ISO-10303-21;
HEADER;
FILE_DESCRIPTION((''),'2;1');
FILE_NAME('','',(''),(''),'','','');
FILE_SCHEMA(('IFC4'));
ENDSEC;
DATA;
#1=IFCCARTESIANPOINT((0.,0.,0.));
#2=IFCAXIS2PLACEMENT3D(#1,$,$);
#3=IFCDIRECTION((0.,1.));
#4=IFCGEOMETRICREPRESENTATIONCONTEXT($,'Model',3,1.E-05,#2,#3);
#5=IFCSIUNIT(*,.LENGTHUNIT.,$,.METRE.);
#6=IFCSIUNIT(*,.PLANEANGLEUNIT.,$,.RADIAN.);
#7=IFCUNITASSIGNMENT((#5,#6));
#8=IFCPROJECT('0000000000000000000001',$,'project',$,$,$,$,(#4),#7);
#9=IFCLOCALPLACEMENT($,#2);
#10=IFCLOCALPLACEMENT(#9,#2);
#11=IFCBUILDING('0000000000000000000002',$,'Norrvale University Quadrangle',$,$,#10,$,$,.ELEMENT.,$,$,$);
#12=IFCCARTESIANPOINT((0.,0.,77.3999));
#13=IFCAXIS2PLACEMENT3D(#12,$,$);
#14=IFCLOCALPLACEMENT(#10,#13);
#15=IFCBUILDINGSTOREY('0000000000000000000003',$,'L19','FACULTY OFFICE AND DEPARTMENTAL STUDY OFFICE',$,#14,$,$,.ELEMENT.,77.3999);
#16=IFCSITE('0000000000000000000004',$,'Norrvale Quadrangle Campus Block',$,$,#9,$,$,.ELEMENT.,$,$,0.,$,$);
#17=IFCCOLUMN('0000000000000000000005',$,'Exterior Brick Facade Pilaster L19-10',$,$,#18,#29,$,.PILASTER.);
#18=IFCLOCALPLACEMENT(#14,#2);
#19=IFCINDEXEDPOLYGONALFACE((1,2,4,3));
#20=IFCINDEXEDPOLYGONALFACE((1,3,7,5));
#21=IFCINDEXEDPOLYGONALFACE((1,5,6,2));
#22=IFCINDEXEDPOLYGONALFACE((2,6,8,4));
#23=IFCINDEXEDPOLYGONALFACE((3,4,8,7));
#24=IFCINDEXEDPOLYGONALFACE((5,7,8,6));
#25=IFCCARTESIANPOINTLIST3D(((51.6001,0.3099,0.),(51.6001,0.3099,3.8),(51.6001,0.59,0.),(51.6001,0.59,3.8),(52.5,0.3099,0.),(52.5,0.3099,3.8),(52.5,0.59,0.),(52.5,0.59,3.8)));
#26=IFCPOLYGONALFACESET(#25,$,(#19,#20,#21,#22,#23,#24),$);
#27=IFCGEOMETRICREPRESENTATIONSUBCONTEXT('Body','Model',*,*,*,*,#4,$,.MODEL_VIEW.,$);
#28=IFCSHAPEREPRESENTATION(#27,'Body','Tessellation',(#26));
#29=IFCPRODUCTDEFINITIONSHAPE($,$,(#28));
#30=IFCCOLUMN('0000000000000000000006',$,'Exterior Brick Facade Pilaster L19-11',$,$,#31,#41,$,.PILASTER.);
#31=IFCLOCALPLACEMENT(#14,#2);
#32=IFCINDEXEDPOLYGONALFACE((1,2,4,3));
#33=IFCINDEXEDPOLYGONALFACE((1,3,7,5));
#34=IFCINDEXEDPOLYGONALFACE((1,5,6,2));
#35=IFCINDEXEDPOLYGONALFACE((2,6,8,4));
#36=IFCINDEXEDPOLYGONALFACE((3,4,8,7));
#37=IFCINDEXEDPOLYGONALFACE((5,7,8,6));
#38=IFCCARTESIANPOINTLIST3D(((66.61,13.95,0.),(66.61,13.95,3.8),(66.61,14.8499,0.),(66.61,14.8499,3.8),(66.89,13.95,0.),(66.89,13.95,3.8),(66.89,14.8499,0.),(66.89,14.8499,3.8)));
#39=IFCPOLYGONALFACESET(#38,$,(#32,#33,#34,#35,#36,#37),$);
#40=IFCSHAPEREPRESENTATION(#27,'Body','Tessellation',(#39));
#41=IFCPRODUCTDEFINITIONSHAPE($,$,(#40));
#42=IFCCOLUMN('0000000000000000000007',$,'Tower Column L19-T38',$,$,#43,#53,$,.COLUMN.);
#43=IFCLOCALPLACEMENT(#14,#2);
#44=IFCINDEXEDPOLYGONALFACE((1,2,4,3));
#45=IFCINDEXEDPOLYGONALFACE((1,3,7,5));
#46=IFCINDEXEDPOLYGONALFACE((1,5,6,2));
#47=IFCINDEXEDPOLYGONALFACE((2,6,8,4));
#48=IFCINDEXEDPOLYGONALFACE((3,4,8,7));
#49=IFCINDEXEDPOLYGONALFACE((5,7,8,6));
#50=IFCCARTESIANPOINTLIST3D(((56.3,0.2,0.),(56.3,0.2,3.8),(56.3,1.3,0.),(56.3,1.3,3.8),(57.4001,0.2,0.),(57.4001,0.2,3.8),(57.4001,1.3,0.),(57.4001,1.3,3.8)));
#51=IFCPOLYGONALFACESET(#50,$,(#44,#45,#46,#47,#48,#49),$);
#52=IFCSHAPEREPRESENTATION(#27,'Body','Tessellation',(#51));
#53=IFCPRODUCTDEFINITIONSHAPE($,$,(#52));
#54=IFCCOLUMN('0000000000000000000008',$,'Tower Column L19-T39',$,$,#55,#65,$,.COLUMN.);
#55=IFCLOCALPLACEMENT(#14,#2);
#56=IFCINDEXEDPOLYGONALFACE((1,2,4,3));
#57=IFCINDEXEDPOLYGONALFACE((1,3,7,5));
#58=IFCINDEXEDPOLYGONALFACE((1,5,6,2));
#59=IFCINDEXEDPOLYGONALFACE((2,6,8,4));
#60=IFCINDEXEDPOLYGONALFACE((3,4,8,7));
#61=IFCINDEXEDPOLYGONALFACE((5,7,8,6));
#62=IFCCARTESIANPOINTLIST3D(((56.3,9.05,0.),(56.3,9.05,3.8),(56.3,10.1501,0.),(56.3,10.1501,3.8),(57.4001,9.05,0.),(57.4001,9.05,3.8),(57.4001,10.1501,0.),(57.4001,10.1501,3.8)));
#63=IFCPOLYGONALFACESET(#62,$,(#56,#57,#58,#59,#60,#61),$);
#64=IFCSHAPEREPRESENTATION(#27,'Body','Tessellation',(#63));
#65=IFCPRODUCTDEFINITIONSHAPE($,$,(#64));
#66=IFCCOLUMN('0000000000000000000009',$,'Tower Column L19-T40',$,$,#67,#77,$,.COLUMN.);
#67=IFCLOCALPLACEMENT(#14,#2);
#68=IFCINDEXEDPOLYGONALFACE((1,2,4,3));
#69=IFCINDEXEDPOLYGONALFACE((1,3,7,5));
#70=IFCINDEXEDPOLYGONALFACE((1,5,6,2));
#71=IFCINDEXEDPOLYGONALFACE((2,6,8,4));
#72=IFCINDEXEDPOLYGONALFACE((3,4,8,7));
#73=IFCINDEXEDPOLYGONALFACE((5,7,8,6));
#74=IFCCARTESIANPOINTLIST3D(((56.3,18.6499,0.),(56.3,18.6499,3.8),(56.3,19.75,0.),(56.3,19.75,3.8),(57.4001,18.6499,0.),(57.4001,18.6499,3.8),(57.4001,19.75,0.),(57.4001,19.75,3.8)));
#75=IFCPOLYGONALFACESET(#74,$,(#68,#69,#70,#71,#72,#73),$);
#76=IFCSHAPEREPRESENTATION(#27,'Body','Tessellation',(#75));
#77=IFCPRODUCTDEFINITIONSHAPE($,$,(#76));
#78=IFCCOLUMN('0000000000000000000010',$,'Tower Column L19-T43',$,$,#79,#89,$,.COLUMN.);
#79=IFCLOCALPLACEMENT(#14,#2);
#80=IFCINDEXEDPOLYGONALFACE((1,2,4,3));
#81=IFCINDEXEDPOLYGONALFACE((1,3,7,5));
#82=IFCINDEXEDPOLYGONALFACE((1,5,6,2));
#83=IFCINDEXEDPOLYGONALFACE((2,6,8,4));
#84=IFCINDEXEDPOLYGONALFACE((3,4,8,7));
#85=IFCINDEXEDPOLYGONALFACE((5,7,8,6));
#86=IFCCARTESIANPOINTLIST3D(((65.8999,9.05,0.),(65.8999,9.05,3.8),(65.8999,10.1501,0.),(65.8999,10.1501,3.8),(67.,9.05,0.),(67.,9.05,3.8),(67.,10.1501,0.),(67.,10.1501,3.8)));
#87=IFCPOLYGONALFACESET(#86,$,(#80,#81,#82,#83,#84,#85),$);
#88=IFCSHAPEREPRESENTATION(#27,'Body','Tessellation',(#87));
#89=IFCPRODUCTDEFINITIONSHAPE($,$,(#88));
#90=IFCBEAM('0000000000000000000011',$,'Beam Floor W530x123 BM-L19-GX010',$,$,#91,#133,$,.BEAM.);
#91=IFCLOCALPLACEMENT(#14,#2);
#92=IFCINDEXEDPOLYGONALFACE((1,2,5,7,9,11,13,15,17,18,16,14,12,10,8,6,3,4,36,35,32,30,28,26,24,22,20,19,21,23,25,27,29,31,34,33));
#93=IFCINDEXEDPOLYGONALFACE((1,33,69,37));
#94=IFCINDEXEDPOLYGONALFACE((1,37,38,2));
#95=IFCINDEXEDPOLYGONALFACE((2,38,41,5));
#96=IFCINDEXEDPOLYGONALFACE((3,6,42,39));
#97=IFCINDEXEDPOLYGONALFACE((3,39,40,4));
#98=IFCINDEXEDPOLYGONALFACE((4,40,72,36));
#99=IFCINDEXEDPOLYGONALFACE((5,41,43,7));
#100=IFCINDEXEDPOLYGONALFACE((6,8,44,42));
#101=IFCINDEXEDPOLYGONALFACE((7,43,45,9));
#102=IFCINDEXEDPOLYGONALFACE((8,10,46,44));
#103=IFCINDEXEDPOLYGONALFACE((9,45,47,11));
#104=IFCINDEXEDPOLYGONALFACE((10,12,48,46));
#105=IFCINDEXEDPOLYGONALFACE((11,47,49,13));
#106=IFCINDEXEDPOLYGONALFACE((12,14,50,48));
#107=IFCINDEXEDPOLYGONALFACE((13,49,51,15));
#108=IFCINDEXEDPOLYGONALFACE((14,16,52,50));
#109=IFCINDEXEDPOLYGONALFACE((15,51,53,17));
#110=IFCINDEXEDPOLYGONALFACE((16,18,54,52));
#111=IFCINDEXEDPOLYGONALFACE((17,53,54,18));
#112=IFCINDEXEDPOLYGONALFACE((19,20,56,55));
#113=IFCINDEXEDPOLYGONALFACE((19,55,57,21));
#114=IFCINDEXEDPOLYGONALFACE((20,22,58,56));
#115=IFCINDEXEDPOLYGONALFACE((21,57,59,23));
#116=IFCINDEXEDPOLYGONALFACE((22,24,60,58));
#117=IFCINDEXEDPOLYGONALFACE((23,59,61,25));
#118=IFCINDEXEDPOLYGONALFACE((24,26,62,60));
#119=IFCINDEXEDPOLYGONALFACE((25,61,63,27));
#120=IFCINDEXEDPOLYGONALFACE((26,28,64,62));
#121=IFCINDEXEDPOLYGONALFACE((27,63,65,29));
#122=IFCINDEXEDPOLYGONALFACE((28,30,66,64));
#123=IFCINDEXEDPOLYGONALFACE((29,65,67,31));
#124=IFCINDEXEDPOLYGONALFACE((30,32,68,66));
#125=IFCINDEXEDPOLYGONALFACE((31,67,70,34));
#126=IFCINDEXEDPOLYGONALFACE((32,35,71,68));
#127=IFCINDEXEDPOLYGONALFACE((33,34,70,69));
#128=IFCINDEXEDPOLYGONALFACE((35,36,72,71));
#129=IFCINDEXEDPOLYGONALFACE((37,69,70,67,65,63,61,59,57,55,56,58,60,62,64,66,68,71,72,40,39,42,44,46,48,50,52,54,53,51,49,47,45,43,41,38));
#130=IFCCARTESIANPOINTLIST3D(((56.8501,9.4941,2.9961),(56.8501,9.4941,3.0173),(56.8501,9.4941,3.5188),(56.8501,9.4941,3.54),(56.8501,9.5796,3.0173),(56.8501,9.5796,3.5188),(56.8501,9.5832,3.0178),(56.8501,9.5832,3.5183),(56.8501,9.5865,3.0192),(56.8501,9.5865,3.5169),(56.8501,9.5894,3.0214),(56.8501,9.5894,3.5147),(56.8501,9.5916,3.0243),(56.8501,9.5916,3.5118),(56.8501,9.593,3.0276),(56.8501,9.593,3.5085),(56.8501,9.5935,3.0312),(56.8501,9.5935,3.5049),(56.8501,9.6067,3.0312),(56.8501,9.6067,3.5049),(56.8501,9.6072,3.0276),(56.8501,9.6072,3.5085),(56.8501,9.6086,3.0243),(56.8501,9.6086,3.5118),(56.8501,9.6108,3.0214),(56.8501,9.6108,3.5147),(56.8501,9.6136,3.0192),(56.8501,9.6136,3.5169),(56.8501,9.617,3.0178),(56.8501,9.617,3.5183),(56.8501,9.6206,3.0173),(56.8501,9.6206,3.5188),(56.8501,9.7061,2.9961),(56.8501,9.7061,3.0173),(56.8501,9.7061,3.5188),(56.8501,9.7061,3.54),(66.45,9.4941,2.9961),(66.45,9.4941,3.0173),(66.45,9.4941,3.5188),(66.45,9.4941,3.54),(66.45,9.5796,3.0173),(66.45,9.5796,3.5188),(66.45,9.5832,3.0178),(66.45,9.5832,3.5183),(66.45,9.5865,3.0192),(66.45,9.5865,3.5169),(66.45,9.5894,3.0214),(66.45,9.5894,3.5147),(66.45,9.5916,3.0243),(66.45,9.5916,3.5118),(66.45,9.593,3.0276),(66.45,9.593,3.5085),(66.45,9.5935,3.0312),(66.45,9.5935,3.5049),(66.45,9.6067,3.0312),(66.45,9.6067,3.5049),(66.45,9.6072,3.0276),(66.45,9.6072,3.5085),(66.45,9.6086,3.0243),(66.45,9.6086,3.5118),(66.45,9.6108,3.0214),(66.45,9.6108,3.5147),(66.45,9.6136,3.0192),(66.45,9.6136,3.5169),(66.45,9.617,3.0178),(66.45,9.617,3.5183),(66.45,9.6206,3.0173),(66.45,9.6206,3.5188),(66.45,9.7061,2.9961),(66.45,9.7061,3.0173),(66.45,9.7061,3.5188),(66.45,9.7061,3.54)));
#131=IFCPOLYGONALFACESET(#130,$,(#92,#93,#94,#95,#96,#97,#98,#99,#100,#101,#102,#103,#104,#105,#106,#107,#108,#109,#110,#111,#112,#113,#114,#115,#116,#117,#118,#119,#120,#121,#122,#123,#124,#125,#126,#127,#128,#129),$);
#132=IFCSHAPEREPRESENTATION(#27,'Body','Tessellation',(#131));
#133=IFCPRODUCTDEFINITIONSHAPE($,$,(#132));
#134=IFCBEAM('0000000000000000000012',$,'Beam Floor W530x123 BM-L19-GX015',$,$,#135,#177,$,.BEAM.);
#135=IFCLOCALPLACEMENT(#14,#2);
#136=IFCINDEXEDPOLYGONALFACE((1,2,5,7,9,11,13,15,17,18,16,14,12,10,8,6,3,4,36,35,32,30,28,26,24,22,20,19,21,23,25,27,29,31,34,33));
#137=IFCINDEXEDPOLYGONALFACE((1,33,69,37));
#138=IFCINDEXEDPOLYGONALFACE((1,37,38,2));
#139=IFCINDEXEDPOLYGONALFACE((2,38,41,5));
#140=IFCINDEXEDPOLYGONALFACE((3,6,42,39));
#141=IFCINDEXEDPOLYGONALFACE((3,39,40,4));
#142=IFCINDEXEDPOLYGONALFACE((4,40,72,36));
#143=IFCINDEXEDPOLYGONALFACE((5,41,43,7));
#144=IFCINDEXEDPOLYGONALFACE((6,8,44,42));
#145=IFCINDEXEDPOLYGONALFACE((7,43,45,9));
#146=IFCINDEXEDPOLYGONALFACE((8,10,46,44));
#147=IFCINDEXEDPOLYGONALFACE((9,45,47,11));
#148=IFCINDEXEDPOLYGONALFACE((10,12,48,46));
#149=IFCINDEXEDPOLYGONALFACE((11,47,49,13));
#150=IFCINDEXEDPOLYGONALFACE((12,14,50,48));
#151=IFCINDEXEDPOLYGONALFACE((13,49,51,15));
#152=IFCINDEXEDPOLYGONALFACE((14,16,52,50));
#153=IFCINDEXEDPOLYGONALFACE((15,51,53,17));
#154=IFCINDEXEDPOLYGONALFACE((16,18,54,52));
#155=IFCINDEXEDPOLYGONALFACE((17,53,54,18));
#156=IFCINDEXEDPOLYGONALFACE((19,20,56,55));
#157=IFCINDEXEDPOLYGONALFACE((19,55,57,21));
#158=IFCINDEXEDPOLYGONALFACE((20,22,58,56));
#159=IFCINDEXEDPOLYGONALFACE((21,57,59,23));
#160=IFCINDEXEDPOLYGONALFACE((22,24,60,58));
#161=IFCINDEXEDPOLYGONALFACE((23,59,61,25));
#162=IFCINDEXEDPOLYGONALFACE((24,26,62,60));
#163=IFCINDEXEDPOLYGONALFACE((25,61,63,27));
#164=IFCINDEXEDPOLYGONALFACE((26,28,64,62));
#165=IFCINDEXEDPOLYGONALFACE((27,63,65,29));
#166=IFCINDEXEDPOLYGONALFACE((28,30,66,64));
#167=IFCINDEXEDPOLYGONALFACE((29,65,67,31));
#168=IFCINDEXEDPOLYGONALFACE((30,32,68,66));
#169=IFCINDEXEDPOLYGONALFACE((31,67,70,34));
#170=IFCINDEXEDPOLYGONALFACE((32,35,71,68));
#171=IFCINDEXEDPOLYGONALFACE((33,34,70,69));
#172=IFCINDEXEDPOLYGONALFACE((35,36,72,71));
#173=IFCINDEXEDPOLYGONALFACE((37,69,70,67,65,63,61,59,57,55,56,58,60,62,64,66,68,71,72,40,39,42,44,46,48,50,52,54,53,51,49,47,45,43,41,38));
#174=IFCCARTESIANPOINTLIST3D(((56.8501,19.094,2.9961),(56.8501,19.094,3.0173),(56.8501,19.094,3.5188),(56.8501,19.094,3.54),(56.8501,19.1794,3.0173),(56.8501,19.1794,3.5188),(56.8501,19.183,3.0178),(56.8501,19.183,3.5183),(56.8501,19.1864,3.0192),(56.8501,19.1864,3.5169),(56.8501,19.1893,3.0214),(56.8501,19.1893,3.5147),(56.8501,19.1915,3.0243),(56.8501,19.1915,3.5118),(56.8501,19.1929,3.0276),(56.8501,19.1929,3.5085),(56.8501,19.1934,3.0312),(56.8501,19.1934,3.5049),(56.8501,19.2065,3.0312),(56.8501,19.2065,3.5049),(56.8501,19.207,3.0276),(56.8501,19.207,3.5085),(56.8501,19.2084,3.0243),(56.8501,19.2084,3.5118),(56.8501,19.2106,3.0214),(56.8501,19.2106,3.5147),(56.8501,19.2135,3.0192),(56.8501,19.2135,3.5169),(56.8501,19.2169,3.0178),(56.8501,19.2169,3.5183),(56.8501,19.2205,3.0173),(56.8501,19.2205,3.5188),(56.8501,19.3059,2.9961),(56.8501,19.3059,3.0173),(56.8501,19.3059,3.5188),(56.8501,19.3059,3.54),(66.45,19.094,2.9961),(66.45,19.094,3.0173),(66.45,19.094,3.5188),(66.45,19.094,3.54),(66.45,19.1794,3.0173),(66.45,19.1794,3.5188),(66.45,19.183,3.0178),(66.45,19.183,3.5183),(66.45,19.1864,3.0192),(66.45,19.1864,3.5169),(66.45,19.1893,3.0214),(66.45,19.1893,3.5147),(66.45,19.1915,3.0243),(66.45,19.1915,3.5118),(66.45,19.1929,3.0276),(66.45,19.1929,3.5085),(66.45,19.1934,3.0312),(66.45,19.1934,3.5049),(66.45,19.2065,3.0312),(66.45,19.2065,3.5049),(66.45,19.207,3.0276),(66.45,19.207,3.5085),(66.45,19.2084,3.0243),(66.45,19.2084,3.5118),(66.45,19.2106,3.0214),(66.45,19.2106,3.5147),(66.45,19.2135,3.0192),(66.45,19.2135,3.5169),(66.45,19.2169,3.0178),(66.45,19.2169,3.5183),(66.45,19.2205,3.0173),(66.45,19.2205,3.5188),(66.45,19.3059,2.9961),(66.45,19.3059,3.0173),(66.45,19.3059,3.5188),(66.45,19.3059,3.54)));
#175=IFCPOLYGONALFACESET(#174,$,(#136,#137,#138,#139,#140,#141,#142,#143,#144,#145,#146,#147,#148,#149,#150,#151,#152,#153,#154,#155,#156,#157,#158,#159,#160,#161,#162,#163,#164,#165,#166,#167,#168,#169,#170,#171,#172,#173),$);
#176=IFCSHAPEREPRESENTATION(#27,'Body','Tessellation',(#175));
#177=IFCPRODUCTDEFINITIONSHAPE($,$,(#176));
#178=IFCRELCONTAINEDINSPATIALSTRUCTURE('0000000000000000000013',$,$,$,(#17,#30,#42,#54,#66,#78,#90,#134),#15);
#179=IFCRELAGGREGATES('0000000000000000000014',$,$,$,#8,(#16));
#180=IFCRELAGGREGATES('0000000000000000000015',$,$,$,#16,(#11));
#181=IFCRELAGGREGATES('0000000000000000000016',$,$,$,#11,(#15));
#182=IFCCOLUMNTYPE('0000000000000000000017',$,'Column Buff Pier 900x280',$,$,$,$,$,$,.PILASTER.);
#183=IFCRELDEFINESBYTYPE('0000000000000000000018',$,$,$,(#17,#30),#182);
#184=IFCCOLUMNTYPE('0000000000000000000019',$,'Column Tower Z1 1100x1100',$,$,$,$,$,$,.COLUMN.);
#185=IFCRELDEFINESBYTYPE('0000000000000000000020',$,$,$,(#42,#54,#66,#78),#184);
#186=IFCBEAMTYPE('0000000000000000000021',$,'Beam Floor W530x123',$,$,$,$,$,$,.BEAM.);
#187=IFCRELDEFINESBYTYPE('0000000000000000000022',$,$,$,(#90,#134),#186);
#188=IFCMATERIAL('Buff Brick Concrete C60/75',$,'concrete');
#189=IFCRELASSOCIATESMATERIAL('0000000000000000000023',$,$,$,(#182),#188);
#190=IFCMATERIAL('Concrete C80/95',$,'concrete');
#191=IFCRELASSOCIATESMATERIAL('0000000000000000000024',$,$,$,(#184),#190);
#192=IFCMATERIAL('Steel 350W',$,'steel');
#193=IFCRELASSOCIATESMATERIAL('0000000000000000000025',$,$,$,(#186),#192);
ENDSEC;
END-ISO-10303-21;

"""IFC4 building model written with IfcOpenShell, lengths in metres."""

from ifc_helpers import new_model, si_unit, direction, frame, origin, origin_2d, place, context, subcontext, project, spatial, rectangle, i_section, extrude, material, material_profile, profile_set, type_object, element, save


model = new_model("IFC4")

# Units and contexts
model_context = context("Model", 3, precision=1e-05, world=origin(), true_north=direction((0.0, 1.0)))
body_context = subcontext(model_context, "Body", "Model", "MODEL_VIEW")
ifc_project = project(units=[si_unit("LENGTHUNIT", "METRE"), si_unit("PLANEANGLEUNIT", "RADIAN")], contexts=[model_context])

# Site, building, storey
site_placement = place(None, origin())
site = spatial("IfcSite", under=ifc_project, at=site_placement, Name="Norrvale Quadrangle Campus Block", CompositionType="ELEMENT", RefElevation=0.0)
building_placement = place(site_placement, origin())
building = spatial("IfcBuilding", under=site, at=building_placement, Name="Norrvale University Quadrangle", CompositionType="ELEMENT")
storey_placement = place(building_placement, frame((0.0, 0.0, 77.3999)))
storey = spatial("IfcBuildingStorey", under=building, at=storey_placement, Name="L19", Description="FACULTY OFFICE AND DEPARTMENTAL STUDY OFFICE", CompositionType="ELEMENT", Elevation=77.3999)

# Columns
ifc_material_1 = material(Name="Buff Brick Concrete C60/75", Category="concrete")
ifc_material_profile_1 = material_profile(ifc_material_1, rectangle(XDim=0.8999, YDim=0.28, at=origin_2d()), Name="Buff Brick Concrete C60/75")
ifc_profile_set_1 = profile_set([ifc_material_profile_1], Name="Buff Brick Concrete C60/75")
column_type_1 = type_object("IfcColumnType", Name="Column Buff Pier 900x280", PredefinedType="PILASTER", material=ifc_profile_set_1)
for number, where, z_axis, x_axis, name in (
    (1, (52.05, 0.45, 0.0), (0.0, 0.0, 1.0), (1.0, 0.0, 0.0), "Exterior Brick Facade Pilaster L19-10"),
    (2, (66.75, 14.3999, 0.0), (0.0, 0.0, 1.0), (0.0, 1.0, 0.0), "Exterior Brick Facade Pilaster L19-11"),
):
    element("IfcColumn", number, at=place(storey_placement, frame(where, z_axis=z_axis, x_axis=x_axis)), inside=storey, type_object=column_type_1, Name=name, PredefinedType="PILASTER", context=body_context, shape_type="SweptSolid", body=[
        extrude(rectangle(XDim=0.8999, YDim=0.28, at=origin_2d()), origin(), (0.0, 0.0, 1.0), 3.8),
    ])
ifc_material_2 = material(Name="Concrete C80/95", Category="concrete")
ifc_material_profile_2 = material_profile(ifc_material_2, rectangle(XDim=1.1001, YDim=1.1001, at=origin_2d()), Name="Concrete C80/95")
ifc_profile_set_2 = profile_set([ifc_material_profile_2], Name="Concrete C80/95")
column_type_2 = type_object("IfcColumnType", Name="Column Tower Z1 1100x1100", PredefinedType="COLUMN", material=ifc_profile_set_2)
for number, where, z_axis, x_axis, name in (
    (3, (56.8501, 0.75, 0.0), (0.0, 0.0, 1.0), (1.0, 0.0, 0.0), "Tower Column L19-T38"),
    (4, (56.8501, 9.6001, 0.0), (0.0, 0.0, 1.0), (1.0, 0.0, 0.0), "Tower Column L19-T39"),
    (5, (56.8501, 19.2, 0.0), (0.0, 0.0, 1.0), (1.0, 0.0, 0.0), "Tower Column L19-T40"),
    (6, (66.45, 9.6001, 0.0), (0.0, 0.0, 1.0), (1.0, 0.0, 0.0), "Tower Column L19-T43"),
):
    element("IfcColumn", number, at=place(storey_placement, frame(where, z_axis=z_axis, x_axis=x_axis)), inside=storey, type_object=column_type_2, Name=name, PredefinedType="COLUMN", context=body_context, shape_type="SweptSolid", body=[
        extrude(rectangle(XDim=1.1001, YDim=1.1001, at=origin_2d()), origin(), (0.0, 0.0, 1.0), 3.8),
    ])

# Beams
ifc_material_3 = material(Name="Steel 350W", Category="steel")
ifc_material_profile_3 = material_profile(ifc_material_3, i_section(OverallWidth=0.2119, OverallDepth=0.5439, WebThickness=0.0132, FlangeThickness=0.0212, FilletRadius=0.0139, at=origin_2d()), Name="Steel 350W")
ifc_profile_set_3 = profile_set([ifc_material_profile_3], Name="Steel 350W")
beam_type_1 = type_object("IfcBeamType", Name="Beam Floor W530x123", PredefinedType="BEAM", material=ifc_profile_set_3)
for number, where, z_axis, x_axis, name in (
    (7, (56.8501, 9.6001, 3.2681), (1.0, 0.0, 0.0), (0.0, 1.0, 0.0), "Beam Floor W530x123 BM-L19-GX010"),
    (8, (56.8501, 19.2, 3.2681), (1.0, 0.0, 0.0), (0.0, 1.0, 0.0), "Beam Floor W530x123 BM-L19-GX015"),
):
    element("IfcBeam", number, at=place(storey_placement, frame(where, z_axis=z_axis, x_axis=x_axis)), inside=storey, type_object=beam_type_1, Name=name, PredefinedType="BEAM", context=body_context, shape_type="SweptSolid", body=[
        extrude(i_section(OverallWidth=0.2119, OverallDepth=0.5439, WebThickness=0.0132, FlangeThickness=0.0212, FilletRadius=0.0139, at=origin_2d()), origin(), (0.0, 0.0, 1.0), 9.5999),
    ])

save(model, "model.ifc")
